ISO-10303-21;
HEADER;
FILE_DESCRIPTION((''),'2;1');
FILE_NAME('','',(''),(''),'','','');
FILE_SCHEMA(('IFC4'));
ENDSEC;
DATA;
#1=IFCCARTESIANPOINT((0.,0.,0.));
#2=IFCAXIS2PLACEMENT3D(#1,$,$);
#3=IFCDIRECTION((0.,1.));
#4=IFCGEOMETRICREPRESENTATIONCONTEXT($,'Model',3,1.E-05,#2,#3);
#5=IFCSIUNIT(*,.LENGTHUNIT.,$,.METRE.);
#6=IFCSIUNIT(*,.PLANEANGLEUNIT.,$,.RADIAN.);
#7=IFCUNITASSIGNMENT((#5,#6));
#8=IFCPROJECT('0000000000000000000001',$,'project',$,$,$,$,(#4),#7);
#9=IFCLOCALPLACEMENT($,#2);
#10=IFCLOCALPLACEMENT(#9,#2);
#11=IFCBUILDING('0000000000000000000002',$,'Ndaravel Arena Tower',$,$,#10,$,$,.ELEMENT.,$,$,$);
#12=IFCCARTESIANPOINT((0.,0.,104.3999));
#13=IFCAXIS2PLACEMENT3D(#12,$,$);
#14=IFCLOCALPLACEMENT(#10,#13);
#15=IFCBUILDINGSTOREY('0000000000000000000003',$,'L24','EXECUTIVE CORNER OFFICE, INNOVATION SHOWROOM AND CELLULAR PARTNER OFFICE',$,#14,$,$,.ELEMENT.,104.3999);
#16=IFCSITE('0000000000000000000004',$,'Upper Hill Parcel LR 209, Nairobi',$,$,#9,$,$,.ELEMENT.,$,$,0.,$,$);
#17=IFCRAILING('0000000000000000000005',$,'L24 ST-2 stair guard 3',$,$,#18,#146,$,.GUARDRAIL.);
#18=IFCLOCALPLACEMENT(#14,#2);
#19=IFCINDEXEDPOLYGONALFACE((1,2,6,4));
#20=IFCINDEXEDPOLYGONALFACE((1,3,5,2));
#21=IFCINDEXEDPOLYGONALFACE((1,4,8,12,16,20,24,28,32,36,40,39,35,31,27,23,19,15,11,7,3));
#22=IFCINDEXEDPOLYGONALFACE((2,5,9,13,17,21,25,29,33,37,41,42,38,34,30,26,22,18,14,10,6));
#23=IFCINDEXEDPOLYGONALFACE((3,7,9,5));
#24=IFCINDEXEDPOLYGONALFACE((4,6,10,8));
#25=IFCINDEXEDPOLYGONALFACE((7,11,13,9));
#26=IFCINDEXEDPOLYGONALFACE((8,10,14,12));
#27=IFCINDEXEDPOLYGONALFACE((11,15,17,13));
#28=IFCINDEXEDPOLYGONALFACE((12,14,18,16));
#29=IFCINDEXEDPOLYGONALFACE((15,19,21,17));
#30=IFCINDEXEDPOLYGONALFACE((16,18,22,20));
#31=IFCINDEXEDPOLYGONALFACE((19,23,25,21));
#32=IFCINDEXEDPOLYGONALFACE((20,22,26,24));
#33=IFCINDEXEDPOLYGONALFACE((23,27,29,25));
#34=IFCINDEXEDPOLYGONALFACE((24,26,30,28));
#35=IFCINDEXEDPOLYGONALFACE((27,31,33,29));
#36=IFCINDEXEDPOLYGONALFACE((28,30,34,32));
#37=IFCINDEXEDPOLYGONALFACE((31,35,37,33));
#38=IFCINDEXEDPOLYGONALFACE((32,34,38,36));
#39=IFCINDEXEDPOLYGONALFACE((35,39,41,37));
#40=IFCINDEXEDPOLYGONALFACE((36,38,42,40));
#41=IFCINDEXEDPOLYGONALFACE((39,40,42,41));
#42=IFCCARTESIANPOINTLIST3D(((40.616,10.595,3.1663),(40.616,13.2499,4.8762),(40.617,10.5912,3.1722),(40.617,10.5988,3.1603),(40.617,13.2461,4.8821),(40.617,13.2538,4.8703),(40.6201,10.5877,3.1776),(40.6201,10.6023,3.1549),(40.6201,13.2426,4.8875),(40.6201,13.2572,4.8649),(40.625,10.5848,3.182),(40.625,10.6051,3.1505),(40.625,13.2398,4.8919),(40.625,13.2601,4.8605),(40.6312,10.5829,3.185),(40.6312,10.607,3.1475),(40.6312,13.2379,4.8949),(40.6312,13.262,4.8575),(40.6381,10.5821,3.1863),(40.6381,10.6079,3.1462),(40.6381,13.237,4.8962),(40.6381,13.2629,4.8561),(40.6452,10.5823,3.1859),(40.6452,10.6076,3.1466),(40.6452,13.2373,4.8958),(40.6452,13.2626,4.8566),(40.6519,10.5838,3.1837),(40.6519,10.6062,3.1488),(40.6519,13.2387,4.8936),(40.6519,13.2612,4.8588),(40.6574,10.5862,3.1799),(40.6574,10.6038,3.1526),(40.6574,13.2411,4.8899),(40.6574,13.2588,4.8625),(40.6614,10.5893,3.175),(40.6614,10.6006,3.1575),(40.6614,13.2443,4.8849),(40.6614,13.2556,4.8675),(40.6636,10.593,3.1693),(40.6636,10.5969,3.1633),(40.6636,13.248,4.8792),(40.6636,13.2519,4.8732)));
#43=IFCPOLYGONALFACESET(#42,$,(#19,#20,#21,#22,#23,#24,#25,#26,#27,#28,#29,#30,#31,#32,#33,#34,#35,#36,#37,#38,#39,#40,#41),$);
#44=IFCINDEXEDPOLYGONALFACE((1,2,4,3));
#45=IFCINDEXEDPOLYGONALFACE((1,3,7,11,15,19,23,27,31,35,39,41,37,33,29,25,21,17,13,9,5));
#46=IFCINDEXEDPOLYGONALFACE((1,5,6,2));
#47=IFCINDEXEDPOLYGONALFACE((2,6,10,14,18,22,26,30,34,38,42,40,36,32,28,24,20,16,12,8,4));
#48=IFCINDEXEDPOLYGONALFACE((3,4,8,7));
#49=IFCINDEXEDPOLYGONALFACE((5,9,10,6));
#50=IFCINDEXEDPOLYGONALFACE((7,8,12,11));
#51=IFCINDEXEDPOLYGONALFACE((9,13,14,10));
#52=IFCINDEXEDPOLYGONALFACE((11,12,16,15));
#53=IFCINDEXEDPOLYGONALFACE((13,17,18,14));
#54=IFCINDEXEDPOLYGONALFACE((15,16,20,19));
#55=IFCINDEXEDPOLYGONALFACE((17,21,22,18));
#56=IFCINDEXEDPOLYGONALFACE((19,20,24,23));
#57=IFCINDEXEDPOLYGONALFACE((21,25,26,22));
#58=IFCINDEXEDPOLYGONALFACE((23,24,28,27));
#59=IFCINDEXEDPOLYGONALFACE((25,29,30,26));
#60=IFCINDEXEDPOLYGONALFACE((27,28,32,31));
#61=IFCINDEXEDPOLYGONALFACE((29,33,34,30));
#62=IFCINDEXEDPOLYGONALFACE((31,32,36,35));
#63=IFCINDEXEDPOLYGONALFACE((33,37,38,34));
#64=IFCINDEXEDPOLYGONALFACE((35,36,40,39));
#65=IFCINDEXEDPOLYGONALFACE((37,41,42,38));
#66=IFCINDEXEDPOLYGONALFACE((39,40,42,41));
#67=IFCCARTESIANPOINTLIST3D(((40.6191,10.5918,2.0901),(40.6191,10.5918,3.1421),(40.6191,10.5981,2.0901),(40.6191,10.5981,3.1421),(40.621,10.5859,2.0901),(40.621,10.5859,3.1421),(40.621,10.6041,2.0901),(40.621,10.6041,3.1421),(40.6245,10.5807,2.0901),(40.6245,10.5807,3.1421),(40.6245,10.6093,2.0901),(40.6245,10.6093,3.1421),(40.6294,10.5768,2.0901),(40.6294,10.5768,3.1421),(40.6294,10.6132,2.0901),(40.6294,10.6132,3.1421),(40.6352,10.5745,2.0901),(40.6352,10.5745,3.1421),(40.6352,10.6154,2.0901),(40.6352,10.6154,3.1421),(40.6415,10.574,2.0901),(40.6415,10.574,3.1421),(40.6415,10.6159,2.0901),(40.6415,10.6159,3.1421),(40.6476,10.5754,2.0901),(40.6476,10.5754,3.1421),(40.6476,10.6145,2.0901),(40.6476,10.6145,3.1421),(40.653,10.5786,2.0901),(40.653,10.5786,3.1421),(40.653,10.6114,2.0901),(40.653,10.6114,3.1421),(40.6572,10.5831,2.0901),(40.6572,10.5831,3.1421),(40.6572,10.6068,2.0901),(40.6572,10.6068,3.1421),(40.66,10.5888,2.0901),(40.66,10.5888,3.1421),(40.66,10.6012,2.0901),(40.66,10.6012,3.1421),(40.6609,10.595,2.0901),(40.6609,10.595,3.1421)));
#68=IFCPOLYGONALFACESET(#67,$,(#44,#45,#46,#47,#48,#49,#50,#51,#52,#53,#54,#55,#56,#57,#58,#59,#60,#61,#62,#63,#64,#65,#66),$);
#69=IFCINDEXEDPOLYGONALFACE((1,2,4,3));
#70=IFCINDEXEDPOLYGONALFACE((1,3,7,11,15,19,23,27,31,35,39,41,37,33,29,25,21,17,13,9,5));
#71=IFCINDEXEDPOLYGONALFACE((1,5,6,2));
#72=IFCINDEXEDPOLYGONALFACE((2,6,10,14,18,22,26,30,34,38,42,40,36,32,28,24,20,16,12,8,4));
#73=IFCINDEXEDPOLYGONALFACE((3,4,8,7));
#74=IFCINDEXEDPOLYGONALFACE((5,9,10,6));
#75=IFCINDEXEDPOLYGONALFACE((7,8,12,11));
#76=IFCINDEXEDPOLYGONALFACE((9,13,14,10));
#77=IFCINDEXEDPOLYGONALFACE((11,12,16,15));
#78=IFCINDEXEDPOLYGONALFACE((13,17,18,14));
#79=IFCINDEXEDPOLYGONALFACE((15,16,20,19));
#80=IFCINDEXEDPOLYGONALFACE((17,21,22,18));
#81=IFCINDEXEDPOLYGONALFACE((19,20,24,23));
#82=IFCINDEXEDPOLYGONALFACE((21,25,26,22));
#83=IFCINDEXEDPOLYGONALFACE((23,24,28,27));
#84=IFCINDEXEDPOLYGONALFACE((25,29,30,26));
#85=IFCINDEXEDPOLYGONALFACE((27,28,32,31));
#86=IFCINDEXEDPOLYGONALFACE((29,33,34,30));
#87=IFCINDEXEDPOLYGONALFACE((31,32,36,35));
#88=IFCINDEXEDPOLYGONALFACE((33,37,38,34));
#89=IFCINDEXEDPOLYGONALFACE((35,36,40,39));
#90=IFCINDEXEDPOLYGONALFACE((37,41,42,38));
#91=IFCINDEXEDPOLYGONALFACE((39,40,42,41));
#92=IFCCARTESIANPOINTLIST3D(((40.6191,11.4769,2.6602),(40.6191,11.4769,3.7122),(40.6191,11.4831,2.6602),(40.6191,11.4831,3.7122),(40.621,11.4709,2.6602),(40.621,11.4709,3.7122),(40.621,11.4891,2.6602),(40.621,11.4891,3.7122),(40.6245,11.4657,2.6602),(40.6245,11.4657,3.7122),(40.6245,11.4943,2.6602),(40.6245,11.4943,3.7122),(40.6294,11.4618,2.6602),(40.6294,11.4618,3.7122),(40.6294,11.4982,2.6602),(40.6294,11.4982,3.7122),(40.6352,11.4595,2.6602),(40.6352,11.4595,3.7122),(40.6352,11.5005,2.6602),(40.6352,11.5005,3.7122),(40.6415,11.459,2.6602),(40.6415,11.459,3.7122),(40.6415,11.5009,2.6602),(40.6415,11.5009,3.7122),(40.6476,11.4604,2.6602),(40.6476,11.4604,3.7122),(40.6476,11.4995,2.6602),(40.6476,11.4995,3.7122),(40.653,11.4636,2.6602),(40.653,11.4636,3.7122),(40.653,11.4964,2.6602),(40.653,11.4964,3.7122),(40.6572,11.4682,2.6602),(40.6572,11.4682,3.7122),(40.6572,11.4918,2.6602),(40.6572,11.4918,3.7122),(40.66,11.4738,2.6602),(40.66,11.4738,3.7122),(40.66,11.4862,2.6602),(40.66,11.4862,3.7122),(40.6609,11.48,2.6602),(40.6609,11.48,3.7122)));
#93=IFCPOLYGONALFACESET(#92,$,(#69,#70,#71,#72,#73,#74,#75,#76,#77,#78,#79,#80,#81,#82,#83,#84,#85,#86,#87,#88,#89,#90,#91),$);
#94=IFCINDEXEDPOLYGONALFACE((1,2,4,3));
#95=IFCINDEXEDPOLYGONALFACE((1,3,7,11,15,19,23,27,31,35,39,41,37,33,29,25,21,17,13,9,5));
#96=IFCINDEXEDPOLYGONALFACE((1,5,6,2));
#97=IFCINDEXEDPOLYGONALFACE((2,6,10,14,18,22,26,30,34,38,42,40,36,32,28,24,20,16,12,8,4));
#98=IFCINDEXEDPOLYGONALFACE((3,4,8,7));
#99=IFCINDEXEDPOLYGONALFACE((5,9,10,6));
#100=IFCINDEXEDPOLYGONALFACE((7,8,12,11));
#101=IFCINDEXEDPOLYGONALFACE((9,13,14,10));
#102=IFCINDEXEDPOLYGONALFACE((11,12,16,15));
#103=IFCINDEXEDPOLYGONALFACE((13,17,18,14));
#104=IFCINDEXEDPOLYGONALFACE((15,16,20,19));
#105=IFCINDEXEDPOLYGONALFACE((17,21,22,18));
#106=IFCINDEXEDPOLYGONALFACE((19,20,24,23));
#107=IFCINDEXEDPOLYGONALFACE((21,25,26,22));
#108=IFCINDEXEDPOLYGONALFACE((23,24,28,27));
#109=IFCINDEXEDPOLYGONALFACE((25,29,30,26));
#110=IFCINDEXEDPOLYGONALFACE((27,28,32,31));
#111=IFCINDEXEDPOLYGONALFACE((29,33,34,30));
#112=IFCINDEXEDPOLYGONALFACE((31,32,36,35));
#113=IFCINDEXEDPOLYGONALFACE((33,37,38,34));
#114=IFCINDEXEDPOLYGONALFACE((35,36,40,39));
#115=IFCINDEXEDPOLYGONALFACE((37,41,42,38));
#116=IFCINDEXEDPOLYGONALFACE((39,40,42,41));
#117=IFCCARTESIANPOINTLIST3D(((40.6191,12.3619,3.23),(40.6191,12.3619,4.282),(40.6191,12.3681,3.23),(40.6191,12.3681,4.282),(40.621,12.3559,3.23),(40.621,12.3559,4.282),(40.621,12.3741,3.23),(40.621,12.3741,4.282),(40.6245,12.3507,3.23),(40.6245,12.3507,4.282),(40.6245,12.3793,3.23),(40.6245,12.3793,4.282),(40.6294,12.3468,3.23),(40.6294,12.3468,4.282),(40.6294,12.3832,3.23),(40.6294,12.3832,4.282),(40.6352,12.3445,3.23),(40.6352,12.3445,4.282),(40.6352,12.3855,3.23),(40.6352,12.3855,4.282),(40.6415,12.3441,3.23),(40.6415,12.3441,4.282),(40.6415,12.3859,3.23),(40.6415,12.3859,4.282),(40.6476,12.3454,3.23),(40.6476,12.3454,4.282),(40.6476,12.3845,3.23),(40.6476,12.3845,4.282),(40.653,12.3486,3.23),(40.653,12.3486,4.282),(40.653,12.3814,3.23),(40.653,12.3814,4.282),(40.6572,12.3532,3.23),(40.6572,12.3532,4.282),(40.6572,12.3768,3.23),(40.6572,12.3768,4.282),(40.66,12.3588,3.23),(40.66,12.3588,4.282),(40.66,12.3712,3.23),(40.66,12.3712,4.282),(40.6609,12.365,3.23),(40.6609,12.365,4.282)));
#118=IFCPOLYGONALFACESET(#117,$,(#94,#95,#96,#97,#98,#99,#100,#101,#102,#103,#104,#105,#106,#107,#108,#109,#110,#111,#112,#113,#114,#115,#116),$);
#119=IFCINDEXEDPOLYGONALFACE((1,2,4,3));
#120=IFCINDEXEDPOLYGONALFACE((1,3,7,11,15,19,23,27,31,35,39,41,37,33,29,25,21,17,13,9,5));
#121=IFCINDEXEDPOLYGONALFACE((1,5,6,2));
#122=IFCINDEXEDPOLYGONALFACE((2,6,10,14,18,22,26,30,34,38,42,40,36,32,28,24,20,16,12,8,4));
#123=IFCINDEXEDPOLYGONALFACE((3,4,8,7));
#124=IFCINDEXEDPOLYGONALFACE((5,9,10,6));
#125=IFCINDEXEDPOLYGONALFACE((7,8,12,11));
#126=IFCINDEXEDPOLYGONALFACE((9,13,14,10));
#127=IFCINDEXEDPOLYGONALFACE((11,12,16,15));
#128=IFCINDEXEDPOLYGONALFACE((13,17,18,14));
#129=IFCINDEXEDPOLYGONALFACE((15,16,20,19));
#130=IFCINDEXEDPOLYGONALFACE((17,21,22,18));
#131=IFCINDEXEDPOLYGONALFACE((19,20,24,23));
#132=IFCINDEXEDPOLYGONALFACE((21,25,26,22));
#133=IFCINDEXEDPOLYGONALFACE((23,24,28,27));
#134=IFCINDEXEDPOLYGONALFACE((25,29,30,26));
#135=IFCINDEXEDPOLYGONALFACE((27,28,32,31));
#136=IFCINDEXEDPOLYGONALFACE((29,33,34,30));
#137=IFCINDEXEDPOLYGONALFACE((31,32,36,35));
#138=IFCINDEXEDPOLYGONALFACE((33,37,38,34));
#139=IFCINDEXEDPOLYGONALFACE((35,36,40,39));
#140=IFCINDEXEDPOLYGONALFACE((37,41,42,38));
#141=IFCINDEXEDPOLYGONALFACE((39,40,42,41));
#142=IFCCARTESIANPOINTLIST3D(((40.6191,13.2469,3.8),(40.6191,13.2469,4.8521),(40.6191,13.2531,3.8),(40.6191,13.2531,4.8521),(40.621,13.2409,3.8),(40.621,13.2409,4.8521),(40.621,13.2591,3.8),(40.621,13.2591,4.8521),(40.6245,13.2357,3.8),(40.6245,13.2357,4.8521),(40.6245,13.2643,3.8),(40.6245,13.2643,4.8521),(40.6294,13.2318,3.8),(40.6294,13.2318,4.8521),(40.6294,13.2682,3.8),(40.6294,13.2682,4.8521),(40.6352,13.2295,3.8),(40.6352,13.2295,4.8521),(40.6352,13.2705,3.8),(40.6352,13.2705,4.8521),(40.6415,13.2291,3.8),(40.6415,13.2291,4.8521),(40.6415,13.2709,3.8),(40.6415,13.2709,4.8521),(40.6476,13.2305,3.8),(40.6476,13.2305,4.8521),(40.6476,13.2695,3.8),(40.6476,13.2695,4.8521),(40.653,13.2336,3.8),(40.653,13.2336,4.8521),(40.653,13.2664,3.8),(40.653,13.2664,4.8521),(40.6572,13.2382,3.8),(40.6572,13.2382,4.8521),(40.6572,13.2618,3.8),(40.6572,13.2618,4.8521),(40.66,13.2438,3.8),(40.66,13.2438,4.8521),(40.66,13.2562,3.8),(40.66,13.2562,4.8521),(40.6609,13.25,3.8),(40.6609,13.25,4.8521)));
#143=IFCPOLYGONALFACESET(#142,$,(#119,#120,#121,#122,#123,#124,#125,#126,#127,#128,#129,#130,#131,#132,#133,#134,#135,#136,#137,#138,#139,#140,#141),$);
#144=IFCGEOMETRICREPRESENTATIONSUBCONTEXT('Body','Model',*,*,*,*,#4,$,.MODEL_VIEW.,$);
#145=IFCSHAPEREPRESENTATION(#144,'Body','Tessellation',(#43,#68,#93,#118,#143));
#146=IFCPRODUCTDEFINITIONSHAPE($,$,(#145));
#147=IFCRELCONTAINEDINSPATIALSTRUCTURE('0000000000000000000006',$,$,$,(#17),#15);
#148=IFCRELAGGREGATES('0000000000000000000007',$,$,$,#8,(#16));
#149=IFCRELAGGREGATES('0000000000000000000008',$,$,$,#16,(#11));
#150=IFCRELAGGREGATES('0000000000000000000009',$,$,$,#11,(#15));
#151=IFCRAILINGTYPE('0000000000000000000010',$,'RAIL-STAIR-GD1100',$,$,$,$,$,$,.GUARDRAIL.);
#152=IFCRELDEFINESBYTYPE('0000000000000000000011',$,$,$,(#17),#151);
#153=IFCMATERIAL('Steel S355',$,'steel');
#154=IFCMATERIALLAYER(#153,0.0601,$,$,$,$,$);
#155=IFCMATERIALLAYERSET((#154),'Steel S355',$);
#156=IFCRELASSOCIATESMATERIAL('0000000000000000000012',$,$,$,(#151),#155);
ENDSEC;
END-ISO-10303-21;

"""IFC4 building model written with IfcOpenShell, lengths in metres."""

from ifc_helpers import new_model, si_unit, direction, frame, origin, origin_2d, place, context, subcontext, project, spatial, circle, extrude, material, layer, layer_set, type_object, element, save


model = new_model("IFC4")

# Units and contexts
model_context = context("Model", 3, precision=1e-05, world=origin(), true_north=direction((0.0, 1.0)))
body_context = subcontext(model_context, "Body", "Model", "MODEL_VIEW")
ifc_project = project(units=[si_unit("LENGTHUNIT", "METRE"), si_unit("PLANEANGLEUNIT", "RADIAN")], contexts=[model_context])

# Site, building, storey
site_placement = place(None, origin())
site = spatial("IfcSite", under=ifc_project, at=site_placement, Name="Upper Hill Parcel LR 209, Nairobi", CompositionType="ELEMENT", RefElevation=0.0)
building_placement = place(site_placement, origin())
building = spatial("IfcBuilding", under=site, at=building_placement, Name="Ndaravel Arena Tower", CompositionType="ELEMENT")
storey_placement = place(building_placement, frame((0.0, 0.0, 104.3999)))
storey = spatial("IfcBuildingStorey", under=building, at=storey_placement, Name="L24", Description="EXECUTIVE CORNER OFFICE, INNOVATION SHOWROOM AND CELLULAR PARTNER OFFICE", CompositionType="ELEMENT", Elevation=104.3999)

# Railing
ifc_material_1 = material(Name="Steel S355", Category="steel")
ifc_layer_1 = layer(ifc_material_1, 0.0601)
ifc_layer_set_1 = layer_set([ifc_layer_1], Name="Steel S355")
railing_type_1 = type_object("IfcRailingType", Name="RAIL-STAIR-GD1100", PredefinedType="GUARDRAIL", material=ifc_layer_set_1)
railing_1_placement = place(storey_placement, frame((40.6399, 10.595, 2.0901)))
element("IfcRailing", 1, at=railing_1_placement, inside=storey, type_object=railing_type_1, Name="L24 ST-2 stair guard 3", PredefinedType="GUARDRAIL", context=body_context, shape_type="SweptSolid", body=[
    extrude(circle(Radius=0.0239, at=origin_2d()), frame((0.0, 0.0, 1.0762), z_axis=(0.0, 0.840724, 0.541465), x_axis=(-1.0, 0.0, 0.0)), (0.0, 0.0, 1.0), 3.158),
    extrude(circle(Radius=0.021, at=origin_2d()), origin(), (0.0, 0.0, 1.0), 1.052),
    extrude(circle(Radius=0.021, at=origin_2d()), frame((0.0, 0.885, 0.5701)), (0.0, 0.0, 1.0), 1.052),
    extrude(circle(Radius=0.021, at=origin_2d()), frame((0.0, 1.77, 1.1399)), (0.0, 0.0, 1.0), 1.052),
    extrude(circle(Radius=0.021, at=origin_2d()), frame((0.0, 2.655, 1.71)), (0.0, 0.0, 1.0), 1.052),
])

save(model, "model.ifc")
